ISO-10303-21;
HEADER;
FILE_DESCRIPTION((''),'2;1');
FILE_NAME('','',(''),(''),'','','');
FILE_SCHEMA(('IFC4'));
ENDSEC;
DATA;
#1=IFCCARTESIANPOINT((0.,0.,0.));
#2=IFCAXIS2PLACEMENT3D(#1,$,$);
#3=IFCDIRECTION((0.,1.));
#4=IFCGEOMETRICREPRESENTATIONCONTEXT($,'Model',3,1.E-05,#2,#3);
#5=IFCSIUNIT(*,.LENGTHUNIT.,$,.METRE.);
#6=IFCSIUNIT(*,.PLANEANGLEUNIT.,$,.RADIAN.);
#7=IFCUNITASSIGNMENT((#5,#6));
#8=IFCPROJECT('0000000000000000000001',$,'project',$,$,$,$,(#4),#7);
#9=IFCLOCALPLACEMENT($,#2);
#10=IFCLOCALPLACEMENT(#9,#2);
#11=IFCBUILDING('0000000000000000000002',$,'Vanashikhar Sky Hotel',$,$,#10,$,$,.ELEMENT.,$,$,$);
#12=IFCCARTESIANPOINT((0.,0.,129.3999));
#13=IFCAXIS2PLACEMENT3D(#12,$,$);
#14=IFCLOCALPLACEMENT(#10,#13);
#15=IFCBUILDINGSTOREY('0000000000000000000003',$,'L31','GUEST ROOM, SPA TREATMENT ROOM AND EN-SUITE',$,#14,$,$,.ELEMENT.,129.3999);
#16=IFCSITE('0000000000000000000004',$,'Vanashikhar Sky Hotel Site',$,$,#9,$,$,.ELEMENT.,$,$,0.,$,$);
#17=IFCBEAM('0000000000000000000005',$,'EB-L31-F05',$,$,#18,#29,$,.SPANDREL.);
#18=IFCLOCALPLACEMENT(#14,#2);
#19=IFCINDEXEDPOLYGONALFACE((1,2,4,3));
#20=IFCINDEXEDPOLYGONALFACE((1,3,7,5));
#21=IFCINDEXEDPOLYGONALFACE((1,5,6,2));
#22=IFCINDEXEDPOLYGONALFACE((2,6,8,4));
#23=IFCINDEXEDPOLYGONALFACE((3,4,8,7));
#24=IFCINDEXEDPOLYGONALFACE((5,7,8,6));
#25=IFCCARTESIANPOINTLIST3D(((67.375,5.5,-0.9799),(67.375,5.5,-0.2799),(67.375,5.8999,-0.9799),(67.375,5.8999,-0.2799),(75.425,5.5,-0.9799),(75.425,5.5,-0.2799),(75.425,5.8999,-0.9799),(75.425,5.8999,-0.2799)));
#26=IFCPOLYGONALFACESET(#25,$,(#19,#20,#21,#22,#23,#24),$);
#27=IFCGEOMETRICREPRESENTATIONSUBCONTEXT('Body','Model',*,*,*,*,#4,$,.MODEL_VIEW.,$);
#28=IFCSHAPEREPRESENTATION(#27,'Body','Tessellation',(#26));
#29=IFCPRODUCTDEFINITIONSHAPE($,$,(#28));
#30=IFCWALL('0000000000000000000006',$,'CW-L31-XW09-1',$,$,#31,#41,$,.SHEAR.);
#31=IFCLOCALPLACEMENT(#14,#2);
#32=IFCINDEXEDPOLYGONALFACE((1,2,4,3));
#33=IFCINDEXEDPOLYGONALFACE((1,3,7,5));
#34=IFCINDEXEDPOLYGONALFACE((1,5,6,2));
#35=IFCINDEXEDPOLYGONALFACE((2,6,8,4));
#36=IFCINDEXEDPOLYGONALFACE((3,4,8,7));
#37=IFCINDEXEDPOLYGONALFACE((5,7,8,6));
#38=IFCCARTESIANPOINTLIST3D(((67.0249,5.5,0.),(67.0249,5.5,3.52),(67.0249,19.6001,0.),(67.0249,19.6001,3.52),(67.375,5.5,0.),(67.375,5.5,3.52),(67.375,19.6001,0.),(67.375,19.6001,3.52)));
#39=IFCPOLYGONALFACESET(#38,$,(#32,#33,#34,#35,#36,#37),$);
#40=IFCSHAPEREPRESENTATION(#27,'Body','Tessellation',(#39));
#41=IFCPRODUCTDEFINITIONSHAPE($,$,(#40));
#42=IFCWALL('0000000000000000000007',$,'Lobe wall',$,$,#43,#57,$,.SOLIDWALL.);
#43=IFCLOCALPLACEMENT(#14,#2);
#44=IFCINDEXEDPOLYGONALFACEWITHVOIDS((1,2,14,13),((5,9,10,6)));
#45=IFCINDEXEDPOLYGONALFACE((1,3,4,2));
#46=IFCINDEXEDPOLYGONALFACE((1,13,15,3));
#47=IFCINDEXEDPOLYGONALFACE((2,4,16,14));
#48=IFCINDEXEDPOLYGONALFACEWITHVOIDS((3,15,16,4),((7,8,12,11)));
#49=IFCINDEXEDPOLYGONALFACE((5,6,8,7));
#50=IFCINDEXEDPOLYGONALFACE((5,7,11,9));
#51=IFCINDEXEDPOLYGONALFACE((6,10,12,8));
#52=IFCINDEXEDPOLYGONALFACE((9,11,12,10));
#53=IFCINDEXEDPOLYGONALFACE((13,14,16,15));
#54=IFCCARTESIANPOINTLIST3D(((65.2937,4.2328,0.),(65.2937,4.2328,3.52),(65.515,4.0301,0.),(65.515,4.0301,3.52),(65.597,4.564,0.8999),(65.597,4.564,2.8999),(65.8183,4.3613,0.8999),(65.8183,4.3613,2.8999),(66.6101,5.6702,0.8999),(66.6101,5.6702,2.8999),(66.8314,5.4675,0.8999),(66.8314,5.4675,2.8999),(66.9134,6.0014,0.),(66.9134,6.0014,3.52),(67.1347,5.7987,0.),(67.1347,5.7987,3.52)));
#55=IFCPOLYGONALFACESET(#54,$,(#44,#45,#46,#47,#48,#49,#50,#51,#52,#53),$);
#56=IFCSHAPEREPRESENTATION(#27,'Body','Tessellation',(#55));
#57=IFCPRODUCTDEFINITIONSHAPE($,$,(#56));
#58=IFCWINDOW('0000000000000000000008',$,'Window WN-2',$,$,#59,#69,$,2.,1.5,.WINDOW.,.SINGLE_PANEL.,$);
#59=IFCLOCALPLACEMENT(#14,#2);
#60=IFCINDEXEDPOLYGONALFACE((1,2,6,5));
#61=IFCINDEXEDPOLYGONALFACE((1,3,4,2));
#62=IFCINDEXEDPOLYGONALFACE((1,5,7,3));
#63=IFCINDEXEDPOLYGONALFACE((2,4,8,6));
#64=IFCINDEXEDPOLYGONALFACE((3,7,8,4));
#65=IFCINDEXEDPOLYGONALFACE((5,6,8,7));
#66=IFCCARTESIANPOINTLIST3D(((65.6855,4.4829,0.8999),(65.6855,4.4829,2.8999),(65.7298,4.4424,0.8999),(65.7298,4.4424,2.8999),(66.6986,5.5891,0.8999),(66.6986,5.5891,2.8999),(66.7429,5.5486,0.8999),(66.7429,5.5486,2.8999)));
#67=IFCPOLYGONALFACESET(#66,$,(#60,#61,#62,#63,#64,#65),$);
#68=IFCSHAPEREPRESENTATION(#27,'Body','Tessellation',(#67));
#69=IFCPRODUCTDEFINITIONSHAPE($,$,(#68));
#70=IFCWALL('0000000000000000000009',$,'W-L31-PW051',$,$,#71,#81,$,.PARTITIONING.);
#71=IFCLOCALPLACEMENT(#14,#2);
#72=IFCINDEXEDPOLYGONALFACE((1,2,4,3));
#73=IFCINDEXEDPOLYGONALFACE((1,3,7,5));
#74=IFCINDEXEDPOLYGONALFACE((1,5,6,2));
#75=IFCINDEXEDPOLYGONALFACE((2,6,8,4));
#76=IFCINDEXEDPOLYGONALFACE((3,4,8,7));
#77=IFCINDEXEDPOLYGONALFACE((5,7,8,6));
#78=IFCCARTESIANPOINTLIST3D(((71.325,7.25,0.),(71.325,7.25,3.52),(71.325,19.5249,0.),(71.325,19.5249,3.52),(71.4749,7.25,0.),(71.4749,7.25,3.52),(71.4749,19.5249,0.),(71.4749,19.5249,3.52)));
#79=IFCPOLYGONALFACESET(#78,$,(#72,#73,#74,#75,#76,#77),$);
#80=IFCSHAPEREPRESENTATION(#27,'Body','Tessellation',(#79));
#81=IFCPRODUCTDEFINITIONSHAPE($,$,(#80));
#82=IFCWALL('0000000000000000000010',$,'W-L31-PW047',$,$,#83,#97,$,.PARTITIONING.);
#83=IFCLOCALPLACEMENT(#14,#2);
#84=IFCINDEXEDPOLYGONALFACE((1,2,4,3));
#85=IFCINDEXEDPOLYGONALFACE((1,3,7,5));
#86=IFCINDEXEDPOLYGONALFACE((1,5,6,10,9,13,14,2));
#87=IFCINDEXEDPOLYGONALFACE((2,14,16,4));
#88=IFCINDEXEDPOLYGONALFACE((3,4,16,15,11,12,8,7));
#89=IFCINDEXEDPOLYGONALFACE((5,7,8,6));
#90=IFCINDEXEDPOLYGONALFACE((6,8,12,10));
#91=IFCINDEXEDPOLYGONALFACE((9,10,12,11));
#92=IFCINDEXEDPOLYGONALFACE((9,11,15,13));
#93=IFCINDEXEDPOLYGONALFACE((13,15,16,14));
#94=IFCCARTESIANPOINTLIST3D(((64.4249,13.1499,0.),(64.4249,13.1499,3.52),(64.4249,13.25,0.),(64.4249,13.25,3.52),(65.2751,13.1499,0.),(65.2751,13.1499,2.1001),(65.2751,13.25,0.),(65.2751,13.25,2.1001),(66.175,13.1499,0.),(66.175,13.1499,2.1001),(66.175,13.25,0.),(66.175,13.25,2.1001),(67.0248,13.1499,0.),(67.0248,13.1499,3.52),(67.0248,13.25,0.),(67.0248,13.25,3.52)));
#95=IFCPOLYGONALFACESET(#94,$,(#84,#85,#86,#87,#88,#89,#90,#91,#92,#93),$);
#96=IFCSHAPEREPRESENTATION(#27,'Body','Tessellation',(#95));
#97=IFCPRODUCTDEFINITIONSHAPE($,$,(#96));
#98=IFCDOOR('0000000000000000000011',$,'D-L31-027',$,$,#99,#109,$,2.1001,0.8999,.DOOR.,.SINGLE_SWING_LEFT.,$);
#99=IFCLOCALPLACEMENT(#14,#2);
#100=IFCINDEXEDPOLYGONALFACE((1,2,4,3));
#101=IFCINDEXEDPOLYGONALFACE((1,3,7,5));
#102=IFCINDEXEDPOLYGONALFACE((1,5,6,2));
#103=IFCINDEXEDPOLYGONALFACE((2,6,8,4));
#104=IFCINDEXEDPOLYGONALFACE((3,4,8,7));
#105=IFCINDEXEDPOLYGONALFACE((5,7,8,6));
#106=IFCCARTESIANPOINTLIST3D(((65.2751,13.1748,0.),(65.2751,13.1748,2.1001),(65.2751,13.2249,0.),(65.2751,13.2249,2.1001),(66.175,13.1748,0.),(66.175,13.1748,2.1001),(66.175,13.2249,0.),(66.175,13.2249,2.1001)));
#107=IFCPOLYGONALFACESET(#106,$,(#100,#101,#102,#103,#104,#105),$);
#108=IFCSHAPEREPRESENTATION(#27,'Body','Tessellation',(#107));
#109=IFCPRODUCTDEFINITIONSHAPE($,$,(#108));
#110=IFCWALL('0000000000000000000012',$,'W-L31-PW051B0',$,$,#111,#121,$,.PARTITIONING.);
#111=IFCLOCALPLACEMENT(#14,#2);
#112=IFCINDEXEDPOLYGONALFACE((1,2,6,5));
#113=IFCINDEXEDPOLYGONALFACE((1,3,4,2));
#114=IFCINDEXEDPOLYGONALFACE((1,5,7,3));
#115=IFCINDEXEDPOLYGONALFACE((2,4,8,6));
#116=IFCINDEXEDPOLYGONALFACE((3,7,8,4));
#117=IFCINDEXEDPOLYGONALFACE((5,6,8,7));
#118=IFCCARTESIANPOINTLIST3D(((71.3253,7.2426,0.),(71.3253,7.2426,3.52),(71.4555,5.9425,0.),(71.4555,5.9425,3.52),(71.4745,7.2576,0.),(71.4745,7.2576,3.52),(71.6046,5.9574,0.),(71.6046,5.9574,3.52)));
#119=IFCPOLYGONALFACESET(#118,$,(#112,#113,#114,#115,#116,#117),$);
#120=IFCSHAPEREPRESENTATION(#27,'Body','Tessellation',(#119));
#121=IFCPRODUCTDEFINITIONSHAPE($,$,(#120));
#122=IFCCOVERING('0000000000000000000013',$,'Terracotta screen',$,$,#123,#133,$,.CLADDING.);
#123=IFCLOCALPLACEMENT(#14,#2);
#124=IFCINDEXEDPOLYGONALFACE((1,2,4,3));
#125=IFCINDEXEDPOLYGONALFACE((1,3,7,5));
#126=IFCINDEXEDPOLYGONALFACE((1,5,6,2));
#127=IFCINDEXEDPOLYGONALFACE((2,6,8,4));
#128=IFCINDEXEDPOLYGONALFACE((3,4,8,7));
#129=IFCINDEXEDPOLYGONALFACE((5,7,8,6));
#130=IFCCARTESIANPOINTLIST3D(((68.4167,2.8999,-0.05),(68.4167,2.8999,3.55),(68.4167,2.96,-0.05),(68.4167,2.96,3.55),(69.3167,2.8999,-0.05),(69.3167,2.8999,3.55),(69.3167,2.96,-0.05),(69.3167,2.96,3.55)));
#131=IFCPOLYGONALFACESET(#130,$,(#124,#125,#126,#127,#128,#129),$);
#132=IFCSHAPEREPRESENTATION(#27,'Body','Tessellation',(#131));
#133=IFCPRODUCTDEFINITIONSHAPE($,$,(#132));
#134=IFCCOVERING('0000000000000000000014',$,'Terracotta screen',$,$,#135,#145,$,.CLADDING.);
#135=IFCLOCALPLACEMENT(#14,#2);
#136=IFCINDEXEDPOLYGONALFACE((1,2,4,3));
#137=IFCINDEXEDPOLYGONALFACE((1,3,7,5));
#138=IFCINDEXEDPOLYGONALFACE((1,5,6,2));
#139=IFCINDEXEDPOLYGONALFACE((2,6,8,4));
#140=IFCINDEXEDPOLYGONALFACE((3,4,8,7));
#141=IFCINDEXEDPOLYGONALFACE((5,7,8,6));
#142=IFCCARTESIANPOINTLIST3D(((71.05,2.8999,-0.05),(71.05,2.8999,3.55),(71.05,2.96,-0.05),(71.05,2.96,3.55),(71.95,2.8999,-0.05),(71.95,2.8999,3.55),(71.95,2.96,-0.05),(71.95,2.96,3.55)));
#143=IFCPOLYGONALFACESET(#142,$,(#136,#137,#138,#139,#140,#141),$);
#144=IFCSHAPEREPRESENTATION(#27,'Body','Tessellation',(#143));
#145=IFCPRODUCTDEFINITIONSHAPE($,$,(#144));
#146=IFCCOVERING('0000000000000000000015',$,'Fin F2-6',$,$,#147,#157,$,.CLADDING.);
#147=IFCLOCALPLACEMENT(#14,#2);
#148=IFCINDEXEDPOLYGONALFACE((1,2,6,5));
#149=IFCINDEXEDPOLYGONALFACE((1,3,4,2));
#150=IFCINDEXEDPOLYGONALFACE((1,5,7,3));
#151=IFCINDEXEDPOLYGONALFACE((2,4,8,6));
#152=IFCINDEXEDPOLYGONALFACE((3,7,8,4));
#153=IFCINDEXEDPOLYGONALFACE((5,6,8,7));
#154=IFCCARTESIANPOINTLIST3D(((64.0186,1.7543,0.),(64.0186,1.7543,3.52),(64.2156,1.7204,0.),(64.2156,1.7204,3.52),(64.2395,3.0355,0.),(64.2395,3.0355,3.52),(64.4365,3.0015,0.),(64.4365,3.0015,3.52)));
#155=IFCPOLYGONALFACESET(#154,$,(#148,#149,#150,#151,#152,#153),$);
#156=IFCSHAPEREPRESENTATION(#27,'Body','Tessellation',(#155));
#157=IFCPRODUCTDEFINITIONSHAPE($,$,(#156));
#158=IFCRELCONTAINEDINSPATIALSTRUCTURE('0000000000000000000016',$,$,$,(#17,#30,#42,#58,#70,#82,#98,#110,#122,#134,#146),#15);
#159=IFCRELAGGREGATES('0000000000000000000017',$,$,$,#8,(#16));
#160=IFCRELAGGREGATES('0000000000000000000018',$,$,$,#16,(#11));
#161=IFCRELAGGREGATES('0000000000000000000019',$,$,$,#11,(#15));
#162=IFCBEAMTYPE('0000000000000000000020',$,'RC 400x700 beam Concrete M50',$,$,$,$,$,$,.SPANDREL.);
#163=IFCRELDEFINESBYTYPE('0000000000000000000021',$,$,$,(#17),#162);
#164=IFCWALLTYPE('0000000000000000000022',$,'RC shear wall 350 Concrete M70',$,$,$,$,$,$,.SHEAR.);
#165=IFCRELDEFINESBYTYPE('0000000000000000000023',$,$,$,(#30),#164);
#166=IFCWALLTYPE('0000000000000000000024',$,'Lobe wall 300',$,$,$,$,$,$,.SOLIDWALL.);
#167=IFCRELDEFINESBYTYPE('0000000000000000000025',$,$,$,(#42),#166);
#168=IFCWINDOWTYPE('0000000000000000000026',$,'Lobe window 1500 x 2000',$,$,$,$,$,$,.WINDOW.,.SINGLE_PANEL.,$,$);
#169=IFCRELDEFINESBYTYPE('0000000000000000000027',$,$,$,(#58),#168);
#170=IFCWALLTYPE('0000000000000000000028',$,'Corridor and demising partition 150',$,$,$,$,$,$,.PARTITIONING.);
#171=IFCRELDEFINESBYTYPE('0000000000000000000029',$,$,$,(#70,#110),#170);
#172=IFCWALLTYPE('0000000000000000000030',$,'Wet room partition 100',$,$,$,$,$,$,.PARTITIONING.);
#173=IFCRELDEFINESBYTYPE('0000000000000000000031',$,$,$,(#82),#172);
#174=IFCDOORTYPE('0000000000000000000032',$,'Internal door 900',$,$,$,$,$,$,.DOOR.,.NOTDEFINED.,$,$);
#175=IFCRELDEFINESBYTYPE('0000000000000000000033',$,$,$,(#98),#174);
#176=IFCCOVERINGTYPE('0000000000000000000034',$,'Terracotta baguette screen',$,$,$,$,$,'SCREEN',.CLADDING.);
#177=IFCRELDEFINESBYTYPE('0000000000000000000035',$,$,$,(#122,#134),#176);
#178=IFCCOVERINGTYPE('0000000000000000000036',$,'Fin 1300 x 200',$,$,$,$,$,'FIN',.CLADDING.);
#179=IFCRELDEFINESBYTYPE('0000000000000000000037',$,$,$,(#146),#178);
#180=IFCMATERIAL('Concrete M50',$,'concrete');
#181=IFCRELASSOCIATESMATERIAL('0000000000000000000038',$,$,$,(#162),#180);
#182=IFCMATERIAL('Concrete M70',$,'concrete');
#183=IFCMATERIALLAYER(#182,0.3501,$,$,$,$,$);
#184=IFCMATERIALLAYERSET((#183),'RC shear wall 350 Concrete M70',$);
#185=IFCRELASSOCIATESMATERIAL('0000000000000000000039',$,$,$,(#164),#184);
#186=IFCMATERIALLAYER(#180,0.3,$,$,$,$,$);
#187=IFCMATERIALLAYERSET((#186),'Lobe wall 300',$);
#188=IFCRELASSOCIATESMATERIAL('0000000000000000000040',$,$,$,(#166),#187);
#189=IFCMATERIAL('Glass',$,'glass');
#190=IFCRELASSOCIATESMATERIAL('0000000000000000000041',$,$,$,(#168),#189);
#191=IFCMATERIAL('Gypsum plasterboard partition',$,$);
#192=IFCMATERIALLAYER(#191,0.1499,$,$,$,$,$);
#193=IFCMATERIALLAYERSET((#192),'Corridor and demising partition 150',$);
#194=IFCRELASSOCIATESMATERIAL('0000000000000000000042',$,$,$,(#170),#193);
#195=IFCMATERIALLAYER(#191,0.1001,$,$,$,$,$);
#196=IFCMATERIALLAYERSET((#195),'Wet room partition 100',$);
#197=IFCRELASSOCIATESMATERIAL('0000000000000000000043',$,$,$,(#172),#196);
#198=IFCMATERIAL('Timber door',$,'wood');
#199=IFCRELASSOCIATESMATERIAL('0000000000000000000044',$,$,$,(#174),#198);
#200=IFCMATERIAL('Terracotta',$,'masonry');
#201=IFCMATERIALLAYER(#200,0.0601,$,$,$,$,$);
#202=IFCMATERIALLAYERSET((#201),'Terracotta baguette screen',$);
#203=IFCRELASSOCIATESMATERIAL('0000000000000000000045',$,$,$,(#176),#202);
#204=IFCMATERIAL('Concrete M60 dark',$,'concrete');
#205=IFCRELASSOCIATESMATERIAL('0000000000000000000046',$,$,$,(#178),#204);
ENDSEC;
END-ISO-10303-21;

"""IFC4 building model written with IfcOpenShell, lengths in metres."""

from ifc_helpers import new_model, si_unit, direction, frame, frame_2d, origin, origin_2d, place, context, subcontext, project, spatial, rectangle, extrude, source, transform, mapped, material, layer, layer_set, material_profile, profile_set, type_object, element, fill, save


model = new_model("IFC4")

# Units and contexts
model_context = context("Model", 3, precision=1e-05, world=origin(), true_north=direction((0.0, 1.0)))
body_context = subcontext(model_context, "Body", "Model", "MODEL_VIEW")
ifc_project = project(units=[si_unit("LENGTHUNIT", "METRE"), si_unit("PLANEANGLEUNIT", "RADIAN")], contexts=[model_context])

# Site, building, storey
site_placement = place(None, origin())
site = spatial("IfcSite", under=ifc_project, at=site_placement, Name="Vanashikhar Sky Hotel Site", CompositionType="ELEMENT", RefElevation=0.0)
building_placement = place(site_placement, origin())
building = spatial("IfcBuilding", under=site, at=building_placement, Name="Vanashikhar Sky Hotel", CompositionType="ELEMENT")
storey_placement = place(building_placement, frame((0.0, 0.0, 129.3999)))
storey = spatial("IfcBuildingStorey", under=building, at=storey_placement, Name="L31", Description="GUEST ROOM, SPA TREATMENT ROOM AND EN-SUITE", CompositionType="ELEMENT", Elevation=129.3999)

# Beam
ifc_material_1 = material(Name="Concrete M50", Category="concrete")
ifc_material_profile_1 = material_profile(ifc_material_1, rectangle(XDim=0.3999, YDim=0.7, at=origin_2d()))
ifc_profile_set_1 = profile_set([ifc_material_profile_1], Name="RC 400x700 beam Concrete M50")
beam_type = type_object("IfcBeamType", Name="RC 400x700 beam Concrete M50", PredefinedType="SPANDREL", material=ifc_profile_set_1)
shared_shape_1 = source(origin(), body_context, "Body", "SweptSolid", [
    extrude(rectangle(XDim=0.3999, YDim=0.7, at=origin_2d()), origin(), (0.0, 0.0, 1.0), 8.05),
])
beam_placement = place(storey_placement, frame((67.375, 5.7, -0.6299), z_axis=(1.0, 0.0, 0.0), x_axis=(0.0, 1.0, 0.0)))
element("IfcBeam", 1, at=beam_placement, inside=storey, type_object=beam_type, Name="EB-L31-F05", PredefinedType="SPANDREL", context=body_context, shape_type="MappedRepresentation", body=[
    mapped(shared_shape_1, transform((0.0, 0.0, 0.0), scale=1.0)),
])

# Wall
ifc_material_2 = material(Name="Concrete M70", Category="concrete")
ifc_layer_1 = layer(ifc_material_2, 0.3501)
ifc_layer_set_1 = layer_set([ifc_layer_1], Name="RC shear wall 350 Concrete M70")
wall_type_1 = type_object("IfcWallType", Name="RC shear wall 350 Concrete M70", PredefinedType="SHEAR", material=ifc_layer_set_1)
shared_shape_2 = source(origin(), body_context, "Body", "SweptSolid", [
    extrude(rectangle(XDim=14.1001, YDim=0.3501, at=frame_2d((7.05, 0.0))), origin(), (0.0, 0.0, 1.0), 3.52),
])
wall_1_placement = place(storey_placement, frame((67.2, 5.5, 0.0), z_axis=(0.0, 0.0, 1.0), x_axis=(0.0, 1.0, 0.0)))
element("IfcWall", 2, at=wall_1_placement, inside=storey, type_object=wall_type_1, Name="CW-L31-XW09-1", PredefinedType="SHEAR", context=body_context, shape_type="MappedRepresentation", body=[
    mapped(shared_shape_2, transform((0.0, 0.0, 0.0), scale=1.0)),
])

# Wall, opening, window
ifc_layer_2 = layer(ifc_material_1, 0.3)
ifc_layer_set_2 = layer_set([ifc_layer_2], Name="Lobe wall 300")
wall_type_2 = type_object("IfcWallType", Name="Lobe wall 300", PredefinedType="SOLIDWALL", material=ifc_layer_set_2)
shared_shape_3 = source(origin(), body_context, "Body", "SweptSolid", [
    extrude(rectangle(XDim=2.3982, YDim=0.3, at=frame_2d((1.1992, 0.0))), origin(), (0.0, 0.0, 1.0), 3.52),
])
wall_2_placement = place(storey_placement, frame((65.4043, 4.1313, 0.0), z_axis=(0.0, 0.0, 1.0), x_axis=(0.675374, 0.737475, 0.0)))
wall_2 = element("IfcWall", 3, at=wall_2_placement, inside=storey, type_object=wall_type_2, Name="Lobe wall", PredefinedType="SOLIDWALL", context=body_context, shape_type="MappedRepresentation", body=[
    mapped(shared_shape_3, transform((0.0, 0.0, 0.0), scale=1.0)),
])
shared_shape_4 = source(origin(), body_context, "Body", "SweptSolid", [
    extrude(rectangle(XDim=1.5, YDim=2.0, at=frame_2d((0.75, 1.0))), frame((0.0, 0.1602, 0.0), z_axis=(0.0, -1.0, 0.0), x_axis=(1.0, 0.0, 0.0)), (0.0, 0.0, 1.0), 0.3201),
])
opening_1_placement = place(wall_2_placement, frame((0.4492, 0.0, 0.8999)))
opening_1 = element("IfcOpeningElement", 4, at=opening_1_placement, cuts=wall_2, PredefinedType="OPENING", context=body_context, shape_type="MappedRepresentation", body=[
    mapped(shared_shape_4, transform((0.0, 0.0, 0.0), scale=1.0)),
])
ifc_material_3 = material(Name="Glass", Category="glass")
window_type_1 = type_object("IfcWindowType", Name="Lobe window 1500 x 2000", PartitioningType="SINGLE_PANEL", PredefinedType="WINDOW", material=ifc_material_3)
shared_shape_5 = source(origin(), body_context, "Body", "SweptSolid", [
    extrude(rectangle(XDim=1.5, YDim=2.0, at=frame_2d((0.75, 1.0))), frame((0.0, 0.03, 0.0), z_axis=(0.0, -1.0, 0.0), x_axis=(1.0, 0.0, 0.0)), (0.0, 0.0, 1.0), 0.0601),
])
window_1_placement = place(opening_1_placement, origin())
window_1 = element("IfcWindow", 5, at=window_1_placement, inside=storey, type_object=window_type_1, Name="Window WN-2", OverallHeight=2.0, OverallWidth=1.5, PartitioningType="SINGLE_PANEL", PredefinedType="WINDOW", context=body_context, shape_type="MappedRepresentation", body=[
    mapped(shared_shape_5, transform((0.0, 0.0, 0.0), scale=1.0)),
])
fill(opening_1, window_1)

# Wall
ifc_material_4 = material(Name="Gypsum plasterboard partition")
ifc_layer_3 = layer(ifc_material_4, 0.1499)
ifc_layer_set_3 = layer_set([ifc_layer_3], Name="Corridor and demising partition 150")
wall_type_3 = type_object("IfcWallType", Name="Corridor and demising partition 150", PredefinedType="PARTITIONING", material=ifc_layer_set_3)
shared_shape_6 = source(origin(), body_context, "Body", "SweptSolid", [
    extrude(rectangle(XDim=12.2749, YDim=0.1499, at=frame_2d((6.1375, 0.0))), origin(), (0.0, 0.0, 1.0), 3.52),
])
wall_3_placement = place(storey_placement, frame((71.3999, 7.25, 0.0), z_axis=(0.0, 0.0, 1.0), x_axis=(0.0, 1.0, 0.0)))
element("IfcWall", 6, at=wall_3_placement, inside=storey, type_object=wall_type_3, Name="W-L31-PW051", PredefinedType="PARTITIONING", context=body_context, shape_type="MappedRepresentation", body=[
    mapped(shared_shape_6, transform((0.0, 0.0, 0.0), scale=1.0)),
])

# Wall, opening, door
ifc_layer_4 = layer(ifc_material_4, 0.1001)
ifc_layer_set_4 = layer_set([ifc_layer_4], Name="Wet room partition 100")
wall_type_4 = type_object("IfcWallType", Name="Wet room partition 100", PredefinedType="PARTITIONING", material=ifc_layer_set_4)
shared_shape_7 = source(origin(), body_context, "Body", "SweptSolid", [
    extrude(rectangle(XDim=2.5999, YDim=0.1001, at=frame_2d((1.2998, 0.0))), origin(), (0.0, 0.0, 1.0), 3.52),
])
wall_4_placement = place(storey_placement, frame((64.425, 13.2, 0.0), z_axis=(0.0, 0.0, 1.0), x_axis=(1.0, 0.0, 0.0)))
wall_4 = element("IfcWall", 7, at=wall_4_placement, inside=storey, type_object=wall_type_4, Name="W-L31-PW047", PredefinedType="PARTITIONING", context=body_context, shape_type="MappedRepresentation", body=[
    mapped(shared_shape_7, transform((0.0, 0.0, 0.0), scale=1.0)),
])
shared_shape_8 = source(origin(), body_context, "Body", "SweptSolid", [
    extrude(rectangle(XDim=0.8999, YDim=2.1001, at=frame_2d((0.45, 1.05))), frame((0.0, 0.0601, 0.0), z_axis=(0.0, -1.0, 0.0), x_axis=(1.0, 0.0, 0.0)), (0.0, 0.0, 1.0), 0.1201),
])
opening_2_placement = place(wall_4_placement, frame((0.8501, 0.0, 0.0)))
opening_2 = element("IfcOpeningElement", 8, at=opening_2_placement, cuts=wall_4, PredefinedType="OPENING", context=body_context, shape_type="MappedRepresentation", body=[
    mapped(shared_shape_8, transform((0.0, 0.0, 0.0), scale=1.0)),
])
ifc_material_5 = material(Name="Timber door", Category="wood")
door_type_1 = type_object("IfcDoorType", Name="Internal door 900", OperationType="NOTDEFINED", PredefinedType="DOOR", material=ifc_material_5)
shared_shape_9 = source(origin(), body_context, "Body", "SweptSolid", [
    extrude(rectangle(XDim=0.8999, YDim=2.1001, at=frame_2d((0.45, 1.05))), frame((0.0, 0.0249, 0.0), z_axis=(0.0, -1.0, 0.0), x_axis=(1.0, 0.0, 0.0)), (0.0, 0.0, 1.0), 0.05),
])
door_1_placement = place(opening_2_placement, origin())
door_1 = element("IfcDoor", 9, at=door_1_placement, inside=storey, type_object=door_type_1, Name="D-L31-027", OperationType="SINGLE_SWING_LEFT", OverallHeight=2.1001, OverallWidth=0.8999, PredefinedType="DOOR", context=body_context, shape_type="MappedRepresentation", body=[
    mapped(shared_shape_9, transform((0.0, 0.0, 0.0), scale=1.0)),
])
fill(opening_2, door_1)

# Wall
shared_shape_10 = source(origin(), body_context, "Body", "SweptSolid", [
    extrude(rectangle(XDim=1.3066, YDim=0.1499, at=frame_2d((0.6533, 0.0))), origin(), (0.0, 0.0, 1.0), 3.52),
])
wall_5_placement = place(storey_placement, frame((71.53, 5.95, 0.0), z_axis=(0.0, 0.0, 1.0), x_axis=(-0.099596, 0.995028, 0.0)))
element("IfcWall", 10, at=wall_5_placement, inside=storey, type_object=wall_type_3, Name="W-L31-PW051B0", PredefinedType="PARTITIONING", context=body_context, shape_type="MappedRepresentation", body=[
    mapped(shared_shape_10, transform((0.0, 0.0, 0.0), scale=1.0)),
])

# Coverings
ifc_material_6 = material(Name="Terracotta", Category="masonry")
ifc_layer_5 = layer(ifc_material_6, 0.0601)
ifc_layer_set_5 = layer_set([ifc_layer_5], Name="Terracotta baguette screen")
covering_type_1 = type_object("IfcCoveringType", Name="Terracotta baguette screen", ElementType="SCREEN", PredefinedType="CLADDING", material=ifc_layer_set_5)
shared_shape_11 = source(origin(), body_context, "Body", "SweptSolid", [
    extrude(rectangle(XDim=0.8999, YDim=0.0601, at=origin_2d()), origin(), (0.0, 0.0, 1.0), 3.6001),
])
for number, where, z_axis, x_axis, name in (
    (11, (68.8667, 2.9299, -0.05), (0.0, 0.0, 1.0), (1.0, 0.0, 0.0), "Terracotta screen"),
    (12, (71.5, 2.9299, -0.05), (0.0, 0.0, 1.0), (1.0, 0.0, 0.0), "Terracotta screen"),
):
    element("IfcCovering", number, at=place(storey_placement, frame(where, z_axis=z_axis, x_axis=x_axis)), inside=storey, type_object=covering_type_1, Name=name, PredefinedType="CLADDING", context=body_context, shape_type="MappedRepresentation", body=[
        mapped(shared_shape_11, transform((0.0, 0.0, 0.0), scale=1.0)),
    ])
ifc_material_7 = material(Name="Concrete M60 dark", Category="concrete")
ifc_material_profile_2 = material_profile(ifc_material_7, rectangle(XDim=1.3, YDim=0.2, at=origin_2d()))
ifc_profile_set_2 = profile_set([ifc_material_profile_2], Name="Fin 1300 x 200")
covering_type_2 = type_object("IfcCoveringType", Name="Fin 1300 x 200", ElementType="FIN", PredefinedType="CLADDING", material=ifc_profile_set_2)
shared_shape_12 = source(origin(), body_context, "Body", "SweptSolid", [
    extrude(rectangle(XDim=1.3, YDim=0.2, at=origin_2d()), origin(), (0.0, 0.0, 1.0), 3.52),
])
for number, where, z_axis, x_axis, name in (
    (13, (64.2275, 2.3779, 0.0), (0.0, 0.0, 1.0), (-0.1699, -0.985461, 0.0), "Fin F2-6"),
):
    element("IfcCovering", number, at=place(storey_placement, frame(where, z_axis=z_axis, x_axis=x_axis)), inside=storey, type_object=covering_type_2, Name=name, PredefinedType="CLADDING", context=body_context, shape_type="MappedRepresentation", body=[
        mapped(shared_shape_12, transform((0.0, 0.0, 0.0), scale=1.0)),
    ])

save(model, "model.ifc")
